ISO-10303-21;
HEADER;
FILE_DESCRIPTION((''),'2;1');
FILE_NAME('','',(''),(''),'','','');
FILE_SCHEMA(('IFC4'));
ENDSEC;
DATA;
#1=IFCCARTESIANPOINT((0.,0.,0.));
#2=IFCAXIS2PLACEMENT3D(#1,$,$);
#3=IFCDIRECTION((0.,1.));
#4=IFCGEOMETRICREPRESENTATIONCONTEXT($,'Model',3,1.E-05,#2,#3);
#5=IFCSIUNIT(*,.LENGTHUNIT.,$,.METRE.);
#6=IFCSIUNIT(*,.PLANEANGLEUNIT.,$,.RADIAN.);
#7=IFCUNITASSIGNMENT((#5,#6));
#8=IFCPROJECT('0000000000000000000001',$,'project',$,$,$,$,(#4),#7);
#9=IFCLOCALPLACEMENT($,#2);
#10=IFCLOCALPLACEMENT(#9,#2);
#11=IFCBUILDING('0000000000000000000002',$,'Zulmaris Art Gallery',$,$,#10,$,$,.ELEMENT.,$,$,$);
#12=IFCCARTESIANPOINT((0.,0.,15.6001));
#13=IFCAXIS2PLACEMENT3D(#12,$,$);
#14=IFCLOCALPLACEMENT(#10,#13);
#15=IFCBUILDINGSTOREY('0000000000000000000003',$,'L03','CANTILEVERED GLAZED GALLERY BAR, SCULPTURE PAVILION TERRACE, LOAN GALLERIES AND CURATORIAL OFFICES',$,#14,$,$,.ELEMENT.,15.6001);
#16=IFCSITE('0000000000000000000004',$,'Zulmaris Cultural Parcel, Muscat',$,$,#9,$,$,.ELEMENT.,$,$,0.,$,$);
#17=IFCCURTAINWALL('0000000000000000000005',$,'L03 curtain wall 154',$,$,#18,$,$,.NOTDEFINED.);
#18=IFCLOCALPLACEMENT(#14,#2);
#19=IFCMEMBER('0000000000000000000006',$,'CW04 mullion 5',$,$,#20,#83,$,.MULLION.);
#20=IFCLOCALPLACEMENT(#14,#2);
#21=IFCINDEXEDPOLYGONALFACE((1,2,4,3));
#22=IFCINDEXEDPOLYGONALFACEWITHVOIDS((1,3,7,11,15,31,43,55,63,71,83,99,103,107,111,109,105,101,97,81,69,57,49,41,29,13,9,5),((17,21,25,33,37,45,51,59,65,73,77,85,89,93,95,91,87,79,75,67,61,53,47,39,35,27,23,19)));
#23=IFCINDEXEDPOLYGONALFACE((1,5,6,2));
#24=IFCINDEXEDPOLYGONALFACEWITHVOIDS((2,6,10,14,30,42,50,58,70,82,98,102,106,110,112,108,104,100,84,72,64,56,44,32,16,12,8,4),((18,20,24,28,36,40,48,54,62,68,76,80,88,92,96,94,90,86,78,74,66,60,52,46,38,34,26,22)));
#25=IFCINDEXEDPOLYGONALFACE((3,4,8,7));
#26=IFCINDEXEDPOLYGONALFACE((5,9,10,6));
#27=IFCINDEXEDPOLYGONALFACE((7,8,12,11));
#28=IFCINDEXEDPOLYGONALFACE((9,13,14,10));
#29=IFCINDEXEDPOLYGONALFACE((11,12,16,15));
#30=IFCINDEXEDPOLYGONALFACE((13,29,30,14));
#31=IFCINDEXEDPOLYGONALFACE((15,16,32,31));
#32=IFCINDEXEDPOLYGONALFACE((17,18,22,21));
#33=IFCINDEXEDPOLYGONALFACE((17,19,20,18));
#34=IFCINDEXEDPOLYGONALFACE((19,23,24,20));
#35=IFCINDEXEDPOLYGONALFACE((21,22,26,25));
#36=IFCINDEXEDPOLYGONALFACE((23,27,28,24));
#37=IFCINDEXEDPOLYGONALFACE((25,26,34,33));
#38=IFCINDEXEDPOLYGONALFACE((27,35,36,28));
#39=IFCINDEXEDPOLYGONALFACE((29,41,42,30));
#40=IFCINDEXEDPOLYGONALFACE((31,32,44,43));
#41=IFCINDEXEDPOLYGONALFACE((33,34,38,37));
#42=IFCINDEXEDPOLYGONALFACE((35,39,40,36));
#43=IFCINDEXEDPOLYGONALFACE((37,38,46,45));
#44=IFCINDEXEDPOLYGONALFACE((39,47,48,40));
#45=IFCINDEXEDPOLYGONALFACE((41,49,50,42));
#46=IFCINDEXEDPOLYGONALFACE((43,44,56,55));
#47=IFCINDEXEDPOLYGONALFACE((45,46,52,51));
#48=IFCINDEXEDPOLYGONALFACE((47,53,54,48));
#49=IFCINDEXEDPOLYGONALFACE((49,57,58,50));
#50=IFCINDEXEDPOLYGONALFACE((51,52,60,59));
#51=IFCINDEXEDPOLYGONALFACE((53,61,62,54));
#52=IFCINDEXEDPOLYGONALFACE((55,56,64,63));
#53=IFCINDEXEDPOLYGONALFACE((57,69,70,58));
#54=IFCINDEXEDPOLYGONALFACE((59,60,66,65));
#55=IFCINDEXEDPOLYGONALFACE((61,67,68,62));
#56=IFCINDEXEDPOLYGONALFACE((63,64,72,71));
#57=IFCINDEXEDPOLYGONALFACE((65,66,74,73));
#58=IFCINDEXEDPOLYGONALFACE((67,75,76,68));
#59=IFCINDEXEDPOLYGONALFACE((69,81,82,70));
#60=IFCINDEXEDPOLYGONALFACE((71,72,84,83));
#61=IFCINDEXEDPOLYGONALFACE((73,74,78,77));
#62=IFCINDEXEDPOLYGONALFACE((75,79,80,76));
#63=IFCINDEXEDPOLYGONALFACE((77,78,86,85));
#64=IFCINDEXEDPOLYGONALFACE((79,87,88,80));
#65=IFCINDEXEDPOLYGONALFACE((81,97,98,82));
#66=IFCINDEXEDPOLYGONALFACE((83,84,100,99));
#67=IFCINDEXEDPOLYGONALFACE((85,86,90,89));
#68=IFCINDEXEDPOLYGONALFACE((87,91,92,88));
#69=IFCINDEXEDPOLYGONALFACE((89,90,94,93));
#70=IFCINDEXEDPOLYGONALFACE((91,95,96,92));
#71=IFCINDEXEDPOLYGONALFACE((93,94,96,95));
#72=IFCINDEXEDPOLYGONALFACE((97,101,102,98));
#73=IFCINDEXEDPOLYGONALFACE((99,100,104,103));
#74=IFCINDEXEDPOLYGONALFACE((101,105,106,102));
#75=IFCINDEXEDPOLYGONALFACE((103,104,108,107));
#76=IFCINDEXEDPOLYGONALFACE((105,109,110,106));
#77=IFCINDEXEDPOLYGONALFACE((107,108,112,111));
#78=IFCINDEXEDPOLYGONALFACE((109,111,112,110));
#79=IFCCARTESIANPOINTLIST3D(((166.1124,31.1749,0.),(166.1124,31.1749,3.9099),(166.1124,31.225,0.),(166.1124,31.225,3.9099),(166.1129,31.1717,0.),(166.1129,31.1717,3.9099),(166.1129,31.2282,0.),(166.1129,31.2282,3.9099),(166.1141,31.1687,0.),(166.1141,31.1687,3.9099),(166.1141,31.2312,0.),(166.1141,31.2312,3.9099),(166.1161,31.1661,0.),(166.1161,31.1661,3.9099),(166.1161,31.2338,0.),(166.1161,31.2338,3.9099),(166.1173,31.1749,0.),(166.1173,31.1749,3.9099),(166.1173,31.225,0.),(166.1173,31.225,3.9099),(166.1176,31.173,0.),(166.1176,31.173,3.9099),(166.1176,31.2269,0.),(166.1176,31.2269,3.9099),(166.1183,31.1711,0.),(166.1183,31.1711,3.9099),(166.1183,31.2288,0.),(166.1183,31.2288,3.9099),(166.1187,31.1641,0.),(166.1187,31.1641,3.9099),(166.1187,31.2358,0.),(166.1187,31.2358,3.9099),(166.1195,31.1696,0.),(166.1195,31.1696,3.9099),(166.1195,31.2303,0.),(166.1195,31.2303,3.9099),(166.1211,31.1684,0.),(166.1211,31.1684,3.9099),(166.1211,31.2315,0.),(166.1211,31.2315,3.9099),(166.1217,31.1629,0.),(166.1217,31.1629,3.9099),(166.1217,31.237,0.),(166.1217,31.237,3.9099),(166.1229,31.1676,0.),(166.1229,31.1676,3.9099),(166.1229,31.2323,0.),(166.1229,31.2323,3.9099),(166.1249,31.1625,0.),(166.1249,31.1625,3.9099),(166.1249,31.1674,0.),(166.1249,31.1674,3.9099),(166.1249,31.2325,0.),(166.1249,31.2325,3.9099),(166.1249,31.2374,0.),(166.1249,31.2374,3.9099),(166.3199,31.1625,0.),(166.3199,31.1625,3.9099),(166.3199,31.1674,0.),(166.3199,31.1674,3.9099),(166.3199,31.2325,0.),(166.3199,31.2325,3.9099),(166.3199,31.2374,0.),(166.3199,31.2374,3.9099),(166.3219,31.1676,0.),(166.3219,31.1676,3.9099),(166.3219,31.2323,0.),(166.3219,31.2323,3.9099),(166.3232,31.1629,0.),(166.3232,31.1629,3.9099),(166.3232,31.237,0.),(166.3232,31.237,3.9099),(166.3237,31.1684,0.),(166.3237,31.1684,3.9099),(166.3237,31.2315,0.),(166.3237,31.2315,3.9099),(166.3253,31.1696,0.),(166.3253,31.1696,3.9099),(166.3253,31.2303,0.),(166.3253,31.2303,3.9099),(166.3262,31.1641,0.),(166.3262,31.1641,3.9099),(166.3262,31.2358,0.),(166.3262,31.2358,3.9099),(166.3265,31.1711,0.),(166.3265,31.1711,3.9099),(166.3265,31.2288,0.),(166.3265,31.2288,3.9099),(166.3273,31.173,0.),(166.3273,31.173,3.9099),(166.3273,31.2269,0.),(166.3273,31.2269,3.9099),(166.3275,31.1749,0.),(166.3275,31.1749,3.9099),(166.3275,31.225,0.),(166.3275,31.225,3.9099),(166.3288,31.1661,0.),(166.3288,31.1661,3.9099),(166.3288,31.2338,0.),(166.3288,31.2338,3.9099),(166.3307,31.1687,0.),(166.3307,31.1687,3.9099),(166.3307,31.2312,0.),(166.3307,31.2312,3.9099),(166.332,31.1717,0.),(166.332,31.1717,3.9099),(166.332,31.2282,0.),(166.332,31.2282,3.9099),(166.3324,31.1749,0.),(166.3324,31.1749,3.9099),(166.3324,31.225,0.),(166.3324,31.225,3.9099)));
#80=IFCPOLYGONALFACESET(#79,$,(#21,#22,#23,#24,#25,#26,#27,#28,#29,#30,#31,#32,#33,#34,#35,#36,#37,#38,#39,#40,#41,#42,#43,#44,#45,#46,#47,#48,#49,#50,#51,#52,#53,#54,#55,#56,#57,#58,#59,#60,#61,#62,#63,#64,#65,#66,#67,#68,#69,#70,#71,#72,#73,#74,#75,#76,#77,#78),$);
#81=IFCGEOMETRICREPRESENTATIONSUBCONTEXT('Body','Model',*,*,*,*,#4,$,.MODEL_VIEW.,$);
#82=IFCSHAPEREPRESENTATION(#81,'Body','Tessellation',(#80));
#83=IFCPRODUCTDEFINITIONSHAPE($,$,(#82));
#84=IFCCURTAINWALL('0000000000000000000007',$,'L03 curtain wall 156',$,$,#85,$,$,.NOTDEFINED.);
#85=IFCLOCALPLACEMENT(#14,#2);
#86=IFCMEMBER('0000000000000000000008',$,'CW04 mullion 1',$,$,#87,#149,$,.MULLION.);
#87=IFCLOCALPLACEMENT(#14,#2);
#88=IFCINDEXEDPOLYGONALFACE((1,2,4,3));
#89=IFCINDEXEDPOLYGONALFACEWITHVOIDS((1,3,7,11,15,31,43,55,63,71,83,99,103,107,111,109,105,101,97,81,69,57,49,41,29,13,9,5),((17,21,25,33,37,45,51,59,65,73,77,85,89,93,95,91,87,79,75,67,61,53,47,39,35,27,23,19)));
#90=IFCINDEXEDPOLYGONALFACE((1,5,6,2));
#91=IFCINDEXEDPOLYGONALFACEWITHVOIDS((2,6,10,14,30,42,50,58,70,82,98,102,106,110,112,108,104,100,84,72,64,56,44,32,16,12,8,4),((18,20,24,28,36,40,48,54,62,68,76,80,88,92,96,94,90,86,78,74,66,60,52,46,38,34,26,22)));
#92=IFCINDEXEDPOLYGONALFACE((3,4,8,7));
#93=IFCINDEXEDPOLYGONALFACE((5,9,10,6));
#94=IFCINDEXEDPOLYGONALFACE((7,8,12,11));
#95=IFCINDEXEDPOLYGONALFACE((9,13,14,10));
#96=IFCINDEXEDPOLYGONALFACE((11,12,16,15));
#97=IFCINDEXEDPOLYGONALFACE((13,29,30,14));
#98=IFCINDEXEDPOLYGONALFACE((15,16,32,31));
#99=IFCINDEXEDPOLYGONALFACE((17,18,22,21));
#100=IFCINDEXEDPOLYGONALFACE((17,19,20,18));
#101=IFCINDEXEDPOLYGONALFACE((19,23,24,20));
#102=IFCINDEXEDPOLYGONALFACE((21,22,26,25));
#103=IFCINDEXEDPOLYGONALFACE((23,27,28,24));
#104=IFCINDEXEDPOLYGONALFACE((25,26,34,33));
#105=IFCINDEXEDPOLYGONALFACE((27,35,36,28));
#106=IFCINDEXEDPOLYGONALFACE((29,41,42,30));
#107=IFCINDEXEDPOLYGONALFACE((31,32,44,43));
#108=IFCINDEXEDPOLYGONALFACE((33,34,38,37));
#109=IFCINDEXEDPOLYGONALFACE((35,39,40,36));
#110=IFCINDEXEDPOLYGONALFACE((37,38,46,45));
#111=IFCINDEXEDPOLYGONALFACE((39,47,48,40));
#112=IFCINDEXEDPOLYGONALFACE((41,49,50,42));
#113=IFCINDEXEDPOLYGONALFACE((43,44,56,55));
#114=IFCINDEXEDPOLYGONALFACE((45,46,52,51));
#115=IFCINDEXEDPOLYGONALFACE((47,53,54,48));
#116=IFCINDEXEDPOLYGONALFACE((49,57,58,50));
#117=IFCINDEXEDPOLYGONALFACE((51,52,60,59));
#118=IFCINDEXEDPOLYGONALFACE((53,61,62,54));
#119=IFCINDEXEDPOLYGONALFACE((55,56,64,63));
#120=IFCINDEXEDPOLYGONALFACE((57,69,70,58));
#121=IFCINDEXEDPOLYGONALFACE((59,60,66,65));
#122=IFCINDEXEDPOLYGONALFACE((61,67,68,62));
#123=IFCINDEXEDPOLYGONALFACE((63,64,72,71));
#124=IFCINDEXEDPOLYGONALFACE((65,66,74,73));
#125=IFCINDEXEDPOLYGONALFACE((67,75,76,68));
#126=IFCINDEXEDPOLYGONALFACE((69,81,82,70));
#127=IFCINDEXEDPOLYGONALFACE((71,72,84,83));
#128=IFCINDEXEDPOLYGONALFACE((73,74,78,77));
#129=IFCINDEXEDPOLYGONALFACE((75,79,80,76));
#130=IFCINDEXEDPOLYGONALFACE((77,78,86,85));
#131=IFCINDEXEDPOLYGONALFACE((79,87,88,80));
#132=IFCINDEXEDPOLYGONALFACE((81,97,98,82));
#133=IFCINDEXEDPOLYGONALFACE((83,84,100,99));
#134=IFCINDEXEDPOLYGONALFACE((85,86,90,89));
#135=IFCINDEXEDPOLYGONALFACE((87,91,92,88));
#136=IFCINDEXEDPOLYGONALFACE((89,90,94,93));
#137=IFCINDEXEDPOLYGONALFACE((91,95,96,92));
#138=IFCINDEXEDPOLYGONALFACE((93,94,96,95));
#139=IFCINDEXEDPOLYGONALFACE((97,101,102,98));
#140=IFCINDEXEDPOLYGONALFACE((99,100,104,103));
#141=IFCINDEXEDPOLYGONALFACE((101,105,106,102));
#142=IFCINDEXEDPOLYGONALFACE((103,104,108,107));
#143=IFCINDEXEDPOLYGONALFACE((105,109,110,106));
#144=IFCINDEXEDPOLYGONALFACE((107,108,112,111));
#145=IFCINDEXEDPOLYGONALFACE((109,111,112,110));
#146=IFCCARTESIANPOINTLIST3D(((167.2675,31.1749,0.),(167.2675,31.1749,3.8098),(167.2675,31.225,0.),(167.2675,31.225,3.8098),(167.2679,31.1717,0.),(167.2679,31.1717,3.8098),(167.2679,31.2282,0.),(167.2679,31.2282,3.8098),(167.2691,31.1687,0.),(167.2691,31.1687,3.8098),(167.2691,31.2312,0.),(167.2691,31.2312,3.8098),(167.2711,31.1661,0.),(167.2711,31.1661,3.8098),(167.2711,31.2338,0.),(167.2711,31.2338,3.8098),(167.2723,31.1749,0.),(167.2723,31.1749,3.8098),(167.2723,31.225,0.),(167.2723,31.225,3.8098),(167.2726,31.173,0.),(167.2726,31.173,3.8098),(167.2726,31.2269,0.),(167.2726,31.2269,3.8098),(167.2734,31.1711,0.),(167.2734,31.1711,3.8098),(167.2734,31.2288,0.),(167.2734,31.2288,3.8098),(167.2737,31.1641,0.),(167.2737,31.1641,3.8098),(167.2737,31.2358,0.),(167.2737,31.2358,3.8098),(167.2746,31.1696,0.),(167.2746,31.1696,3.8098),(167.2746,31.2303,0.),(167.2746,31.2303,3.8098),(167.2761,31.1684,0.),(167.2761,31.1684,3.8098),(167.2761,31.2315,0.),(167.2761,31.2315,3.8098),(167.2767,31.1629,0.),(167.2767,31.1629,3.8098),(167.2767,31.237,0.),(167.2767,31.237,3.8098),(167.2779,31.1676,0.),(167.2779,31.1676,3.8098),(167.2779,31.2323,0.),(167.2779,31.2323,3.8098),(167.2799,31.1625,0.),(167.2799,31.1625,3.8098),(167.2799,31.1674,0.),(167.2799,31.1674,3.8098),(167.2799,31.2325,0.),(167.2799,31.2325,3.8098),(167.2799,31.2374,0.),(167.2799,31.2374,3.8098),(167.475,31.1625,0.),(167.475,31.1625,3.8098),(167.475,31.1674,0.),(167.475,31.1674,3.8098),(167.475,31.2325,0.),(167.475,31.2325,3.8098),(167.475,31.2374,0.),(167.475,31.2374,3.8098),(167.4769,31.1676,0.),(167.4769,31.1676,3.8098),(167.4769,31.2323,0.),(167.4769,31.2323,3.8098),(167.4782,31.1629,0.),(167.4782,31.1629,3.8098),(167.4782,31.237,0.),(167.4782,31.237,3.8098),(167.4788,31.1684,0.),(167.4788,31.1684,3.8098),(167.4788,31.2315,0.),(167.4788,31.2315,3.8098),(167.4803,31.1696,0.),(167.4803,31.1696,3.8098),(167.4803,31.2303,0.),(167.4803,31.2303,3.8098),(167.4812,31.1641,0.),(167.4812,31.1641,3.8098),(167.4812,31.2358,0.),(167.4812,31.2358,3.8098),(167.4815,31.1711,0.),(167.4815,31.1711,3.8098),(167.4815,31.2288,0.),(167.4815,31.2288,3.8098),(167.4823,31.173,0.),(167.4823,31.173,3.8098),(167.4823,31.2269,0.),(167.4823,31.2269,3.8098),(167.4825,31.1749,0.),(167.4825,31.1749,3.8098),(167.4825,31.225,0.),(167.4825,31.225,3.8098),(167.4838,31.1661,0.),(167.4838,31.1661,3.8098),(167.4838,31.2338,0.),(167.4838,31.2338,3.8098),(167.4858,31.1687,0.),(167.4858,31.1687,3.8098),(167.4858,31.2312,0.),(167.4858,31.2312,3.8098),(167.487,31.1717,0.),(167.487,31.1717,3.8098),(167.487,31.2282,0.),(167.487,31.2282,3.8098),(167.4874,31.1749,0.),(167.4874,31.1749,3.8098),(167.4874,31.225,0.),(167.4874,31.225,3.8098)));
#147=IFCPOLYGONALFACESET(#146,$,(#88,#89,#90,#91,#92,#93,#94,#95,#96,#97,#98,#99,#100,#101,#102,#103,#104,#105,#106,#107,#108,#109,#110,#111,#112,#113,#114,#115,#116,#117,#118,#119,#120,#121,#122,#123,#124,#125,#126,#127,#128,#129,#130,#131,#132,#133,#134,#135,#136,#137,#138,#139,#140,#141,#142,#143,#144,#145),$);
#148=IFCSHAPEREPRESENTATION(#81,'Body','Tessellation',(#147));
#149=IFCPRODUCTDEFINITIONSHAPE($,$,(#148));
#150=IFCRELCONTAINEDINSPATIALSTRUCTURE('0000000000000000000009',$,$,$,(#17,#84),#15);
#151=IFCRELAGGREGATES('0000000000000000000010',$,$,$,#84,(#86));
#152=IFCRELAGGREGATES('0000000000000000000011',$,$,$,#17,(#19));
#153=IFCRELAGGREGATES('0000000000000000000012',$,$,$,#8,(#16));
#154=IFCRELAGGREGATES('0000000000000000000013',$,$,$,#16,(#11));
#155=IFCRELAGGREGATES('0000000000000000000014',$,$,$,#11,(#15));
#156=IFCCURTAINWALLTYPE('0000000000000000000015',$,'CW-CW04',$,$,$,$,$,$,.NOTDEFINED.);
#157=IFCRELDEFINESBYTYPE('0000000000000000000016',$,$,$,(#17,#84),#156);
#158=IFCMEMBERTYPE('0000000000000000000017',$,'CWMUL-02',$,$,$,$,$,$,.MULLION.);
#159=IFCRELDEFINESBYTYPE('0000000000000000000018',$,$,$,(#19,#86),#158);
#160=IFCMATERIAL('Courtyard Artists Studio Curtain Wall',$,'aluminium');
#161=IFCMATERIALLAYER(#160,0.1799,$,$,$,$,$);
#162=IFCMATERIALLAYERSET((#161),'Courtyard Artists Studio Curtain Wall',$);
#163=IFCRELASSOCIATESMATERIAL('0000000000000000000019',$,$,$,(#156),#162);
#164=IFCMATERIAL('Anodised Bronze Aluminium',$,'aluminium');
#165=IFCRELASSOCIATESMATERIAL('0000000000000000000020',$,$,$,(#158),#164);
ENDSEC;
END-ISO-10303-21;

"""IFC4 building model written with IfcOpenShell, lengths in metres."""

from ifc_helpers import new_model, si_unit, direction, frame, origin, origin_2d, place, context, subcontext, project, spatial, hollow_rectangle, extrude, material, layer, layer_set, material_profile, profile_set, type_object, element, aggregate, save


model = new_model("IFC4")

# Units and contexts
model_context = context("Model", 3, precision=1e-05, world=origin(), true_north=direction((0.0, 1.0)))
body_context = subcontext(model_context, "Body", "Model", "MODEL_VIEW")
ifc_project = project(units=[si_unit("LENGTHUNIT", "METRE"), si_unit("PLANEANGLEUNIT", "RADIAN")], contexts=[model_context])

# Site, building, storey
site_placement = place(None, origin())
site = spatial("IfcSite", under=ifc_project, at=site_placement, Name="Zulmaris Cultural Parcel, Muscat", CompositionType="ELEMENT", RefElevation=0.0)
building_placement = place(site_placement, origin())
building = spatial("IfcBuilding", under=site, at=building_placement, Name="Zulmaris Art Gallery", CompositionType="ELEMENT")
storey_placement = place(building_placement, frame((0.0, 0.0, 15.6001)))
storey = spatial("IfcBuildingStorey", under=building, at=storey_placement, Name="L03", Description="CANTILEVERED GLAZED GALLERY BAR, SCULPTURE PAVILION TERRACE, LOAN GALLERIES AND CURATORIAL OFFICES", CompositionType="ELEMENT", Elevation=15.6001)

# Curtain wall, member
ifc_material_1 = material(Name="Courtyard Artists Studio Curtain Wall", Category="aluminium")
ifc_layer_1 = layer(ifc_material_1, 0.1799)
ifc_layer_set_1 = layer_set([ifc_layer_1], Name="Courtyard Artists Studio Curtain Wall")
curtain_wall_type = type_object("IfcCurtainWallType", Name="CW-CW04", PredefinedType="NOTDEFINED", material=ifc_layer_set_1)
curtain_wall_1_placement = place(storey_placement, origin())
curtain_wall_1 = element("IfcCurtainWall", 1, at=curtain_wall_1_placement, inside=storey, type_object=curtain_wall_type, Name="L03 curtain wall 154", PredefinedType="NOTDEFINED")
ifc_material_2 = material(Name="Anodised Bronze Aluminium", Category="aluminium")
ifc_material_profile_1 = material_profile(ifc_material_2, hollow_rectangle(XDim=0.075, YDim=0.22, WallThickness=0.0049, InnerFilletRadius=0.0076, OuterFilletRadius=0.0125, at=origin_2d()), Name="ALU 75x220x5")
ifc_profile_set_1 = profile_set([ifc_material_profile_1], Name="Anodised Bronze Aluminium")
member_type_1 = type_object("IfcMemberType", Name="CWMUL-02", PredefinedType="MULLION", material=ifc_profile_set_1)
member_1_placement = place(storey_placement, frame((166.2224, 31.2, 0.0), z_axis=(0.0, 0.0, 1.0), x_axis=(0.0, 1.0, 0.0)))
member_1 = element("IfcMember", 2, at=member_1_placement, type_object=member_type_1, Name="CW04 mullion 5", PredefinedType="MULLION", context=body_context, shape_type="SweptSolid", body=[
    extrude(hollow_rectangle(XDim=0.075, YDim=0.22, WallThickness=0.0049, InnerFilletRadius=0.0076, OuterFilletRadius=0.0125, at=origin_2d()), origin(), (0.0, 0.0, 1.0), 3.9099),
])

# Curtain wall, member
curtain_wall_2_placement = place(storey_placement, origin())
curtain_wall_2 = element("IfcCurtainWall", 3, at=curtain_wall_2_placement, inside=storey, type_object=curtain_wall_type, Name="L03 curtain wall 156", PredefinedType="NOTDEFINED")
member_2_placement = place(storey_placement, frame((167.3774, 31.2, 0.0), z_axis=(0.0, 0.0, 1.0), x_axis=(0.0, 1.0, 0.0)))
member_2 = element("IfcMember", 4, at=member_2_placement, type_object=member_type_1, Name="CW04 mullion 1", PredefinedType="MULLION", context=body_context, shape_type="SweptSolid", body=[
    extrude(hollow_rectangle(XDim=0.075, YDim=0.22, WallThickness=0.0049, InnerFilletRadius=0.0076, OuterFilletRadius=0.0125, at=origin_2d()), origin(), (0.0, 0.0, 1.0), 3.8098),
])

aggregate(curtain_wall_2, [member_2])

aggregate(curtain_wall_1, [member_1])

save(model, "model.ifc")
